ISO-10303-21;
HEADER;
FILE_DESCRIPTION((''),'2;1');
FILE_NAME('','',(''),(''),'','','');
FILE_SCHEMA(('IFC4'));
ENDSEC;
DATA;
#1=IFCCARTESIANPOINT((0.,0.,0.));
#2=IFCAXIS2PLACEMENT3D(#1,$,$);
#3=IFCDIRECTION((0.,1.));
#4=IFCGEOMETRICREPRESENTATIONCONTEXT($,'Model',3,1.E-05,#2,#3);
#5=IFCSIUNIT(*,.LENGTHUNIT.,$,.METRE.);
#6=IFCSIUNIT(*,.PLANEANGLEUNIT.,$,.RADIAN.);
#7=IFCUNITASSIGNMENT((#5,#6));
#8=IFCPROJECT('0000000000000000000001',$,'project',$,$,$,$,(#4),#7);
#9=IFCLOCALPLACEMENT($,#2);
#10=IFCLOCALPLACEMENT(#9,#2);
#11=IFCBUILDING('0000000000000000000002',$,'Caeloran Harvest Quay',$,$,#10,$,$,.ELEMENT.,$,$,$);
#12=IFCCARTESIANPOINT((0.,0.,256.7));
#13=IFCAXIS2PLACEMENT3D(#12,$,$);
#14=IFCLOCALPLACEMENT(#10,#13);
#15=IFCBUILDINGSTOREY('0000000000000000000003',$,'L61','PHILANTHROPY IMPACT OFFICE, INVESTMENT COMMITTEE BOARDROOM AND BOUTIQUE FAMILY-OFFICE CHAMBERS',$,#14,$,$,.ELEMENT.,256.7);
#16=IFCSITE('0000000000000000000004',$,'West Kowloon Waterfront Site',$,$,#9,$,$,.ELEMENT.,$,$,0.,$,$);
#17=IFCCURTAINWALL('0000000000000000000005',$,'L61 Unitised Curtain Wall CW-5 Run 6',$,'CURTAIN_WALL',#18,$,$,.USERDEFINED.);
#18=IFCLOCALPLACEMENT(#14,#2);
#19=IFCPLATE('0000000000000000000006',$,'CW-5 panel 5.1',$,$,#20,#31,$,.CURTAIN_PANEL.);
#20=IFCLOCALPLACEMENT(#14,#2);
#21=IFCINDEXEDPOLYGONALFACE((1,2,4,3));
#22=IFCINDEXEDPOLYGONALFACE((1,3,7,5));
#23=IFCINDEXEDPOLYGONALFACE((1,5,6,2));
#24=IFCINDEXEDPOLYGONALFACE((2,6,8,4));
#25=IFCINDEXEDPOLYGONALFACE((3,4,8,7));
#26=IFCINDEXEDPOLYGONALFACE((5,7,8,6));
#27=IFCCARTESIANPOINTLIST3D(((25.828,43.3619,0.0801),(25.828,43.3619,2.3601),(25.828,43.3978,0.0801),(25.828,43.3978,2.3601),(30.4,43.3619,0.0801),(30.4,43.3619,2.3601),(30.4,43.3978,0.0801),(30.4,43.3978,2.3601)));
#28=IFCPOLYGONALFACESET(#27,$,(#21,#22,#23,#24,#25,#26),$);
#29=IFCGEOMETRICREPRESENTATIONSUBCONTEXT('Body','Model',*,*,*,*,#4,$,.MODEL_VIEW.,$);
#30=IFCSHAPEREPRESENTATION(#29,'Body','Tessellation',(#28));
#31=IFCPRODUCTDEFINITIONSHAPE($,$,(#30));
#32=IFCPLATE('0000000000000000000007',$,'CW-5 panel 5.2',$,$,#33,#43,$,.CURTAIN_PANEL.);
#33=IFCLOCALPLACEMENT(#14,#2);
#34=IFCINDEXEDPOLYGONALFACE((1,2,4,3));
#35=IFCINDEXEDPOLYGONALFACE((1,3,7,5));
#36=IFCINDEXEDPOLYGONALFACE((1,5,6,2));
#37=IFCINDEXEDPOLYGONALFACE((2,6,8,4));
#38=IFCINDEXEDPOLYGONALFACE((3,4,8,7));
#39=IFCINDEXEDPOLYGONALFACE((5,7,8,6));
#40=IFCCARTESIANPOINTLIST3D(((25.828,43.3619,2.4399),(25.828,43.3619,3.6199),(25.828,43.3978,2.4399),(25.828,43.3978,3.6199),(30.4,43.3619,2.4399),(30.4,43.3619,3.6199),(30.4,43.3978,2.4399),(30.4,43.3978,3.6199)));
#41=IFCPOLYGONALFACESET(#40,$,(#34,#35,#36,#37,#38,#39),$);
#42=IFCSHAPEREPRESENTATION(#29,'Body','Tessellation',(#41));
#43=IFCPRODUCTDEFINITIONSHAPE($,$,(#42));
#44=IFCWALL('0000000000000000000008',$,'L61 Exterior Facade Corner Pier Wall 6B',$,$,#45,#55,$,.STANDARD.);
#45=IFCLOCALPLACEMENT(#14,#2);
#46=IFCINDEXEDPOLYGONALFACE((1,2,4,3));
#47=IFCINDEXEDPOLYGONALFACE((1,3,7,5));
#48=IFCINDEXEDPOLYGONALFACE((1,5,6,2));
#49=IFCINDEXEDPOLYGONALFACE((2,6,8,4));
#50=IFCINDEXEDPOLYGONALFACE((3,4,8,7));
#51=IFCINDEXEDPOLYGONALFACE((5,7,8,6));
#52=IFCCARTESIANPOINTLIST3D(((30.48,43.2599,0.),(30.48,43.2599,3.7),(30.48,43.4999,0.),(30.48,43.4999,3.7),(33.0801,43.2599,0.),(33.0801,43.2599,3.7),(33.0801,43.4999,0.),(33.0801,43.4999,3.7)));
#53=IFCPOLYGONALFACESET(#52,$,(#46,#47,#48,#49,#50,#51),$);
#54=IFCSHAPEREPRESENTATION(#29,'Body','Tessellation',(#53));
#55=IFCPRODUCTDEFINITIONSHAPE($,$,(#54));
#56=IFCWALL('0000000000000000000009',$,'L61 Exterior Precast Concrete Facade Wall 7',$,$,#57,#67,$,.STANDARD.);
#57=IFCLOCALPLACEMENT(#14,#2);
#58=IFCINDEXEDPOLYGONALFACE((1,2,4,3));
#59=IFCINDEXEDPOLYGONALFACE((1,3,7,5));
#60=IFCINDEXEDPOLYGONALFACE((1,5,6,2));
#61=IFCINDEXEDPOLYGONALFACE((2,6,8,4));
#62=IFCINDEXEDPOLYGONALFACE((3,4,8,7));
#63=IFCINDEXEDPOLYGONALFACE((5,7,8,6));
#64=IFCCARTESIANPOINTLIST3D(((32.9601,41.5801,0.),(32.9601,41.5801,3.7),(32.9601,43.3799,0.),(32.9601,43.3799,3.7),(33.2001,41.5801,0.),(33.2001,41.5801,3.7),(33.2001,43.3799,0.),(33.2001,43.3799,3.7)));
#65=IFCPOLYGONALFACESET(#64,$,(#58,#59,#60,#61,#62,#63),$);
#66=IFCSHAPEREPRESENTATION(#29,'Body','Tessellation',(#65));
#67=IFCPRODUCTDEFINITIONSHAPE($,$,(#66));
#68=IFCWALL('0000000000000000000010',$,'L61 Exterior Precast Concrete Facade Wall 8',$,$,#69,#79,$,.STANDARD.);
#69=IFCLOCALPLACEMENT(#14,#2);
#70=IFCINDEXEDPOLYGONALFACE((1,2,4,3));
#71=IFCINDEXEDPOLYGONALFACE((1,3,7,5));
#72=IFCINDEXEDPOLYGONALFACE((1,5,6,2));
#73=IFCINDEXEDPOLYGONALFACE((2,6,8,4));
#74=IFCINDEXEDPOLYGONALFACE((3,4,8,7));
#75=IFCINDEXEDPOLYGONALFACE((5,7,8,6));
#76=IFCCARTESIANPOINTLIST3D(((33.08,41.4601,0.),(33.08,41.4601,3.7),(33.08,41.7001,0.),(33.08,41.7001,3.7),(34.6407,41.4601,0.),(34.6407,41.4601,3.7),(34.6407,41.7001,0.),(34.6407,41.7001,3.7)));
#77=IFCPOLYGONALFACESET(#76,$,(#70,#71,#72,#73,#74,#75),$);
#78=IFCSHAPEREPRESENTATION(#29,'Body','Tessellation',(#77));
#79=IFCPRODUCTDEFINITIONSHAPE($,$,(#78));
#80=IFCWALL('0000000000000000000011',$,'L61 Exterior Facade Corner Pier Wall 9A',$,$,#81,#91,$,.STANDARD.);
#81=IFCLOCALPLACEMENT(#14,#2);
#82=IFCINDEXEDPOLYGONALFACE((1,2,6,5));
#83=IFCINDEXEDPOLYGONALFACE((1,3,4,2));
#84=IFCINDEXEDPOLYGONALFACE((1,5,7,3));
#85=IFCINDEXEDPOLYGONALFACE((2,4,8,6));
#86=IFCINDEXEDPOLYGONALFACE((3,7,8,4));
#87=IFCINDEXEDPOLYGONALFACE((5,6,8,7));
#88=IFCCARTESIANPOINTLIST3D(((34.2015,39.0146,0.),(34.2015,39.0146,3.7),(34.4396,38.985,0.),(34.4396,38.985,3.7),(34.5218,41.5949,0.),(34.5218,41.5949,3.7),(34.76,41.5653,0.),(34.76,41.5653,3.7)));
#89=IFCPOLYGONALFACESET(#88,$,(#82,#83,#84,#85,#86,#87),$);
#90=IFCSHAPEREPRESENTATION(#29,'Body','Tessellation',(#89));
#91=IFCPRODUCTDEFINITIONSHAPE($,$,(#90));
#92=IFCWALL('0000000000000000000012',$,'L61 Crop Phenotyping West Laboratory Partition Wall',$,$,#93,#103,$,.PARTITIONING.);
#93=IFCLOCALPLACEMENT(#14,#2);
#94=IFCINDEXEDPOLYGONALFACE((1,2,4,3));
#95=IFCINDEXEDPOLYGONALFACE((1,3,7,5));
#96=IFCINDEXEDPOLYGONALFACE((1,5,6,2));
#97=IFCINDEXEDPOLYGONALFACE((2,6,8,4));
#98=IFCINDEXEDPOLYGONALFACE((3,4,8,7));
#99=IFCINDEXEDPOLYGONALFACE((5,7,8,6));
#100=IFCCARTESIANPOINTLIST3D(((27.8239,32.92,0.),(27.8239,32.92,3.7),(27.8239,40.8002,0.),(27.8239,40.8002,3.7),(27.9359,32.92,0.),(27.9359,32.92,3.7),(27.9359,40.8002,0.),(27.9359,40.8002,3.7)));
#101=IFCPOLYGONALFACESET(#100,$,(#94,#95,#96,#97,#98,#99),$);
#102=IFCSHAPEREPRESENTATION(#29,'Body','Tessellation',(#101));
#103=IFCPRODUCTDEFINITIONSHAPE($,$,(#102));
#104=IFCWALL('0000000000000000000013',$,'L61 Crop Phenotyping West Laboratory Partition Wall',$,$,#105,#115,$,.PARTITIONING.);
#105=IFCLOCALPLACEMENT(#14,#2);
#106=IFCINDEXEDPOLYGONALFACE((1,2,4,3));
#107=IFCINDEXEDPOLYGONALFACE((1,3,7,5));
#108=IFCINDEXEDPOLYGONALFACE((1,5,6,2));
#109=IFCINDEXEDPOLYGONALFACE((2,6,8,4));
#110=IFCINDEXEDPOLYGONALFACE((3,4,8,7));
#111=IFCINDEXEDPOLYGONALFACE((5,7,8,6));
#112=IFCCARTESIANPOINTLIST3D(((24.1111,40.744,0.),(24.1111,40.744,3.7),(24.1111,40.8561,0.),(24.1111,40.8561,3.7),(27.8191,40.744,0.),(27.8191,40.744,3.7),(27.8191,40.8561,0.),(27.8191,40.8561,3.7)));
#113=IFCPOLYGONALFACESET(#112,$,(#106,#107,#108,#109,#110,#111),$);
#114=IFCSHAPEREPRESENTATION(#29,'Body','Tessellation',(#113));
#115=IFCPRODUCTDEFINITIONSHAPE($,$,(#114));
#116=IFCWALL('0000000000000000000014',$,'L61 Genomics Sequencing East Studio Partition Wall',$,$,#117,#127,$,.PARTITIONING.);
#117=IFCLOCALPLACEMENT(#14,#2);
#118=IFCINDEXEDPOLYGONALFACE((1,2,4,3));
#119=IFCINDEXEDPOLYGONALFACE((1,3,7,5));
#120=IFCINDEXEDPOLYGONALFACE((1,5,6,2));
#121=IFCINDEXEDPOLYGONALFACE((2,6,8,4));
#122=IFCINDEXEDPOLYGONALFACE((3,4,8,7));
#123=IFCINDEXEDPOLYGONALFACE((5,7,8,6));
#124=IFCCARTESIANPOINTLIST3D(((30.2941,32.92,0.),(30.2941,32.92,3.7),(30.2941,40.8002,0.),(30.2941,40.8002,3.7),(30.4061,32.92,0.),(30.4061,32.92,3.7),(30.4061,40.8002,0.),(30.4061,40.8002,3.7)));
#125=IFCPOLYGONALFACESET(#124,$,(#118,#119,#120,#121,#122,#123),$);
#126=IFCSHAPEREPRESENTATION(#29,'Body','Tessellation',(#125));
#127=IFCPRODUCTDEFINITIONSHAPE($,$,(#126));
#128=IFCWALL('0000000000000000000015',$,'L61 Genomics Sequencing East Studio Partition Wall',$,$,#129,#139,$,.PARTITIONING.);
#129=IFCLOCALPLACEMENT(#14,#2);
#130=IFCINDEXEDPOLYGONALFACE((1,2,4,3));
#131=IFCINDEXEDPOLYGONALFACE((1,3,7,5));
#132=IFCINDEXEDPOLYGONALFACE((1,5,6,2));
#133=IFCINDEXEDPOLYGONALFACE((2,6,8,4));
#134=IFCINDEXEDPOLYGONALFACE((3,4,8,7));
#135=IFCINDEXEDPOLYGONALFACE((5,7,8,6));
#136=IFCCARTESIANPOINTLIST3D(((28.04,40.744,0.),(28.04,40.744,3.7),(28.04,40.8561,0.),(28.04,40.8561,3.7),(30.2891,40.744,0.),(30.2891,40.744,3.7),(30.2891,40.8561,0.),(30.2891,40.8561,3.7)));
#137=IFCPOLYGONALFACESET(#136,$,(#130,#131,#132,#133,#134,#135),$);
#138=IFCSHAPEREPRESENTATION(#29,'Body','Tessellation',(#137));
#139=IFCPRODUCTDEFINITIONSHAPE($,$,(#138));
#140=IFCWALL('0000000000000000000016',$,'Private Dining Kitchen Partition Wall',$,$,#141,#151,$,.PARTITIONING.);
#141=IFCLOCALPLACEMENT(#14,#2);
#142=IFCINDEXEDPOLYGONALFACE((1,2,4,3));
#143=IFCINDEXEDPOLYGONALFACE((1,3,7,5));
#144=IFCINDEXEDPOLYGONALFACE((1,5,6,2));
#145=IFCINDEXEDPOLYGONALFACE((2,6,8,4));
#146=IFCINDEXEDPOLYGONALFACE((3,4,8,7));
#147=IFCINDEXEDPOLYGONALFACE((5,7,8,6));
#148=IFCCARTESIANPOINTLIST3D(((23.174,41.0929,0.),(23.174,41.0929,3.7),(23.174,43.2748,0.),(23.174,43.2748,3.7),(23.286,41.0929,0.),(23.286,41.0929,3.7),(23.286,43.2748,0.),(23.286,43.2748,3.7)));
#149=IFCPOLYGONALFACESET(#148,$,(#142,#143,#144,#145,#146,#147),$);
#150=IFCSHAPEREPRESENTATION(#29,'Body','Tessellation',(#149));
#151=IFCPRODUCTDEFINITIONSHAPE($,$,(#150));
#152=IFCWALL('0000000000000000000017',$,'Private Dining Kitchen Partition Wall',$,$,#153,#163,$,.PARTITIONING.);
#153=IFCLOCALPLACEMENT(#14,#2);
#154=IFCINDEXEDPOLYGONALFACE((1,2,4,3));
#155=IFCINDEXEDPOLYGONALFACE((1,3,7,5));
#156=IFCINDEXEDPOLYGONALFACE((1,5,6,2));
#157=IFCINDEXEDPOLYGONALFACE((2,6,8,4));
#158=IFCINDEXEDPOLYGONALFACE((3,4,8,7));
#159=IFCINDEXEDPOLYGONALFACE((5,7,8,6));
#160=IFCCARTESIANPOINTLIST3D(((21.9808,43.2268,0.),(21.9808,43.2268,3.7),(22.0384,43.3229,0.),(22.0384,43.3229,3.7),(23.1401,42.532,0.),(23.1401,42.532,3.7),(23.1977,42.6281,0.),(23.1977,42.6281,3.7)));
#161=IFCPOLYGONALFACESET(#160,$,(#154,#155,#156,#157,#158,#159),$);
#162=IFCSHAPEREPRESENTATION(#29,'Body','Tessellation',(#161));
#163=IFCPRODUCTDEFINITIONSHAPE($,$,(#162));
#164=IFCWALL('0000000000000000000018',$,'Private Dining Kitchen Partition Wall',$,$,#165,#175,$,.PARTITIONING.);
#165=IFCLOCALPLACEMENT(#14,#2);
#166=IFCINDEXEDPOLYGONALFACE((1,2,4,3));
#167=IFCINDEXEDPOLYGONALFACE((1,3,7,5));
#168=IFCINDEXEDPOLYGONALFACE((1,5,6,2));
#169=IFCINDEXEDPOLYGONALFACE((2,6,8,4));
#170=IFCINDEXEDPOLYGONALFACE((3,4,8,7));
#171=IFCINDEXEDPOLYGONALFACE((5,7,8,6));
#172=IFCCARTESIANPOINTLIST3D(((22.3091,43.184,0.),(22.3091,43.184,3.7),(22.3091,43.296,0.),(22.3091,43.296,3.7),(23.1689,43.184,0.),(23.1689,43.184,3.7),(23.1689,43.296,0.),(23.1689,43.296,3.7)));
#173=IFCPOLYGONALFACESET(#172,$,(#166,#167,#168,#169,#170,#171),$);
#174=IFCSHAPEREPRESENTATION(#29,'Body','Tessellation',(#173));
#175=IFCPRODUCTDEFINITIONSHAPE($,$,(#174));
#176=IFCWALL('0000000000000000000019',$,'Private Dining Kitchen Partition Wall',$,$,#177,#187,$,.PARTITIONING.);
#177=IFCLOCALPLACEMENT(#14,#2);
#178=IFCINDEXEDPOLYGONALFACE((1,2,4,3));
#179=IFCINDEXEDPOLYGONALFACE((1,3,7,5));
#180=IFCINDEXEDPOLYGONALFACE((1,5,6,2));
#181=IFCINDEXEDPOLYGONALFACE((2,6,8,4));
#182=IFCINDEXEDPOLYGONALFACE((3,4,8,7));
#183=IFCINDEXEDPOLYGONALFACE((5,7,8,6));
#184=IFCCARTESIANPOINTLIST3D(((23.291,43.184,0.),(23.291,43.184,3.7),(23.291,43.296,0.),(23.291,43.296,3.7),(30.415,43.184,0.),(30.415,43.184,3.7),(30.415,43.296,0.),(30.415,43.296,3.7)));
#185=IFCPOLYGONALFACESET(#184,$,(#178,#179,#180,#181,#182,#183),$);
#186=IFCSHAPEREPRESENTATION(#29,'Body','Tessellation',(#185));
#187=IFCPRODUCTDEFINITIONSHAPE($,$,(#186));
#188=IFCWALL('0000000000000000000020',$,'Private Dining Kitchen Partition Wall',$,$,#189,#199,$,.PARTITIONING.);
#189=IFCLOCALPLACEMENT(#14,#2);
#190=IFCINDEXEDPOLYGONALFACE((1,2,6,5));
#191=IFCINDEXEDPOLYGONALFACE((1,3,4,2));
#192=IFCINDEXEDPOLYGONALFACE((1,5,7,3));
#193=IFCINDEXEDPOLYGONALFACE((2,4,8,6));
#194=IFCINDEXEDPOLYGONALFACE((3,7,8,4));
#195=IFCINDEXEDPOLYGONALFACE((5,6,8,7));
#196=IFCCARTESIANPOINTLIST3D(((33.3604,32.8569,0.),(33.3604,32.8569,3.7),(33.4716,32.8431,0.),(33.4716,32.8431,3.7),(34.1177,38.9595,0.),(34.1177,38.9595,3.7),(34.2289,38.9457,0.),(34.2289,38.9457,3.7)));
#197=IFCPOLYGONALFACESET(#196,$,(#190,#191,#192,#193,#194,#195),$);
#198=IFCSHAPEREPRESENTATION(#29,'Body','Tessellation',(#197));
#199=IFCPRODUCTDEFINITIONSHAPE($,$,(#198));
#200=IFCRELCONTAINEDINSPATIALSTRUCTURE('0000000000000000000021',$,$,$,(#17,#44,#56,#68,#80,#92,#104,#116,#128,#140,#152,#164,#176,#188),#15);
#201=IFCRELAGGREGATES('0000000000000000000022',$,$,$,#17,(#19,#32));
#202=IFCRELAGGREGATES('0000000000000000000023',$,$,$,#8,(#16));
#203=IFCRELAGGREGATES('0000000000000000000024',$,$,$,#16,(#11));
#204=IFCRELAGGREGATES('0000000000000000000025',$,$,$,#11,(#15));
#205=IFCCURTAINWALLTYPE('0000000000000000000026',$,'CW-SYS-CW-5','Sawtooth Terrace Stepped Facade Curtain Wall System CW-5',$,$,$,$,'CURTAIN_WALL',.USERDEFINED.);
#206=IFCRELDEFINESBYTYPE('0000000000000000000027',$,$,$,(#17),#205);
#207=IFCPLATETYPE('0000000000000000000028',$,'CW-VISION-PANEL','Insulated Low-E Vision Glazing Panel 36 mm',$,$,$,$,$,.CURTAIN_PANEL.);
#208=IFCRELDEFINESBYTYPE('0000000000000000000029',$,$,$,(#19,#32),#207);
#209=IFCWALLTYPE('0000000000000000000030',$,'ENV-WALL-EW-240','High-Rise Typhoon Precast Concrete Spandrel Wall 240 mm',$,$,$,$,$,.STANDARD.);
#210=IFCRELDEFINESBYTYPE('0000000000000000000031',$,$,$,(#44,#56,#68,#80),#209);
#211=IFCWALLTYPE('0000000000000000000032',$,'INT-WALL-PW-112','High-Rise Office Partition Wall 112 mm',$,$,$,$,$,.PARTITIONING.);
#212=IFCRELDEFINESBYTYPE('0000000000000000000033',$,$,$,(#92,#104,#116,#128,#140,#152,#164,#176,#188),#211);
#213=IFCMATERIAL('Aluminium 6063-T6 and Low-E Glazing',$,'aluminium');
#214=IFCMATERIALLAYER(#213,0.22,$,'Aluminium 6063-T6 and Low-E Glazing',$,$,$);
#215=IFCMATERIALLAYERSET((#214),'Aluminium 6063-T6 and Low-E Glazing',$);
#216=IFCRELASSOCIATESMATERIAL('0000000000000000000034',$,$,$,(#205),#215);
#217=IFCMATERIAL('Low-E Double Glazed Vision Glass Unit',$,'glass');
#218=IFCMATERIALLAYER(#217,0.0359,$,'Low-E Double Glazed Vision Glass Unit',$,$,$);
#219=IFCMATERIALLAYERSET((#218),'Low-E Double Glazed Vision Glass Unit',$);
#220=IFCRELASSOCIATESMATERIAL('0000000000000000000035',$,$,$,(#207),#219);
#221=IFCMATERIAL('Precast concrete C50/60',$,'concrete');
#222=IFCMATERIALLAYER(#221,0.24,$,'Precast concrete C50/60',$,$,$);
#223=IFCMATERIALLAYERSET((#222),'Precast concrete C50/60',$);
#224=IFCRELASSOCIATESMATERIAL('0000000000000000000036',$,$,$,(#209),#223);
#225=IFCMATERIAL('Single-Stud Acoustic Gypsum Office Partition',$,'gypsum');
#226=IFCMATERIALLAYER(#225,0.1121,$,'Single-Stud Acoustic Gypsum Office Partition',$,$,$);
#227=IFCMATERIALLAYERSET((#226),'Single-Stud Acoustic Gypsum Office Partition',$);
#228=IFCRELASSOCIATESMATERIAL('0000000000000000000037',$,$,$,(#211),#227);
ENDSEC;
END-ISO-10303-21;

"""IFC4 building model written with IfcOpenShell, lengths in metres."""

from ifc_helpers import new_model, si_unit, direction, frame, frame_2d, origin, origin_2d, place, context, subcontext, project, spatial, rectangle, extrude, material, layer, layer_set, type_object, element, aggregate, save


model = new_model("IFC4")

# Units and contexts
model_context = context("Model", 3, precision=1e-05, world=origin(), true_north=direction((0.0, 1.0)))
body_context = subcontext(model_context, "Body", "Model", "MODEL_VIEW")
ifc_project = project(units=[si_unit("LENGTHUNIT", "METRE"), si_unit("PLANEANGLEUNIT", "RADIAN")], contexts=[model_context])

# Site, building, storey
site_placement = place(None, origin())
site = spatial("IfcSite", under=ifc_project, at=site_placement, Name="West Kowloon Waterfront Site", CompositionType="ELEMENT", RefElevation=0.0)
building_placement = place(site_placement, origin())
building = spatial("IfcBuilding", under=site, at=building_placement, Name="Caeloran Harvest Quay", CompositionType="ELEMENT")
storey_placement = place(building_placement, frame((0.0, 0.0, 256.7)))
storey = spatial("IfcBuildingStorey", under=building, at=storey_placement, Name="L61", Description="PHILANTHROPY IMPACT OFFICE, INVESTMENT COMMITTEE BOARDROOM AND BOUTIQUE FAMILY-OFFICE CHAMBERS", CompositionType="ELEMENT", Elevation=256.7)

# Curtain wall
ifc_material_1 = material(Name="Aluminium 6063-T6 and Low-E Glazing", Category="aluminium")
ifc_layer_1 = layer(ifc_material_1, 0.22, Name="Aluminium 6063-T6 and Low-E Glazing")
ifc_layer_set_1 = layer_set([ifc_layer_1], Name="Aluminium 6063-T6 and Low-E Glazing")
curtain_wall_type = type_object("IfcCurtainWallType", Name="CW-SYS-CW-5", Description="Sawtooth Terrace Stepped Facade Curtain Wall System CW-5", ElementType="CURTAIN_WALL", PredefinedType="USERDEFINED", material=ifc_layer_set_1)
curtain_wall_1_placement = place(storey_placement, origin())
curtain_wall_1 = element("IfcCurtainWall", 1, at=curtain_wall_1_placement, inside=storey, type_object=curtain_wall_type, Name="L61 Unitised Curtain Wall CW-5 Run 6", ObjectType="CURTAIN_WALL", PredefinedType="USERDEFINED")

# Plates
ifc_material_2 = material(Name="Low-E Double Glazed Vision Glass Unit", Category="glass")
ifc_layer_2 = layer(ifc_material_2, 0.0359, Name="Low-E Double Glazed Vision Glass Unit")
ifc_layer_set_2 = layer_set([ifc_layer_2], Name="Low-E Double Glazed Vision Glass Unit")
plate_type = type_object("IfcPlateType", Name="CW-VISION-PANEL", Description="Insulated Low-E Vision Glazing Panel 36 mm", PredefinedType="CURTAIN_PANEL", material=ifc_layer_set_2)
plate_1_placement = place(storey_placement, frame((28.114, 43.3799, 0.0801), z_axis=(0.0, 0.0, 1.0), x_axis=(1.0, 0.0, 0.0)))
plate_1 = element("IfcPlate", 2, at=plate_1_placement, type_object=plate_type, Name="CW-5 panel 5.1", PredefinedType="CURTAIN_PANEL", context=body_context, shape_type="SweptSolid", body=[
    extrude(rectangle(XDim=4.572, YDim=0.0359, at=origin_2d()), origin(), (0.0, 0.0, 1.0), 2.28),
])
plate_2_placement = place(storey_placement, frame((28.114, 43.3799, 2.4399), z_axis=(0.0, 0.0, 1.0), x_axis=(1.0, 0.0, 0.0)))
plate_2 = element("IfcPlate", 3, at=plate_2_placement, type_object=plate_type, Name="CW-5 panel 5.2", PredefinedType="CURTAIN_PANEL", context=body_context, shape_type="SweptSolid", body=[
    extrude(rectangle(XDim=4.572, YDim=0.0359, at=origin_2d()), origin(), (0.0, 0.0, 1.0), 1.1799),
])
aggregate(curtain_wall_1, [plate_1, plate_2])

# Walls
ifc_material_3 = material(Name="Precast concrete C50/60", Category="concrete")
ifc_layer_3 = layer(ifc_material_3, 0.24, Name="Precast concrete C50/60")
ifc_layer_set_3 = layer_set([ifc_layer_3], Name="Precast concrete C50/60")
wall_type_1 = type_object("IfcWallType", Name="ENV-WALL-EW-240", Description="High-Rise Typhoon Precast Concrete Spandrel Wall 240 mm", PredefinedType="STANDARD", material=ifc_layer_set_3)
wall_1_placement = place(storey_placement, frame((30.48, 43.3799, 0.0), z_axis=(0.0, 0.0, 1.0), x_axis=(1.0, 0.0, 0.0)))
element("IfcWall", 4, at=wall_1_placement, inside=storey, type_object=wall_type_1, Name="L61 Exterior Facade Corner Pier Wall 6B", PredefinedType="STANDARD", context=body_context, shape_type="SweptSolid", body=[
    extrude(rectangle(XDim=2.6001, YDim=0.24, at=frame_2d((1.3, 0.0))), origin(), (0.0, 0.0, 1.0), 3.7),
])
wall_2_placement = place(storey_placement, frame((33.0801, 43.3799, 0.0), z_axis=(0.0, 0.0, 1.0), x_axis=(0.0, -1.0, 0.0)))
element("IfcWall", 5, at=wall_2_placement, inside=storey, type_object=wall_type_1, Name="L61 Exterior Precast Concrete Facade Wall 7", PredefinedType="STANDARD", context=body_context, shape_type="SweptSolid", body=[
    extrude(rectangle(XDim=1.7998, YDim=0.24, at=frame_2d((0.8999, 0.0))), origin(), (0.0, 0.0, 1.0), 3.7),
])
wall_3_placement = place(storey_placement, frame((33.0801, 41.5801, 0.0), z_axis=(0.0, 0.0, 1.0), x_axis=(1.0, 0.0, 0.0)))
element("IfcWall", 6, at=wall_3_placement, inside=storey, type_object=wall_type_1, Name="L61 Exterior Precast Concrete Facade Wall 8", PredefinedType="STANDARD", context=body_context, shape_type="SweptSolid", body=[
    extrude(rectangle(XDim=1.5608, YDim=0.24, at=frame_2d((0.7803, 0.0))), origin(), (0.0, 0.0, 1.0), 3.7),
])
wall_4_placement = place(storey_placement, frame((34.6409, 41.5801, 0.0), z_axis=(0.0, 0.0, 1.0), x_axis=(-0.123191, -0.992383, 0.0)))
element("IfcWall", 7, at=wall_4_placement, inside=storey, type_object=wall_type_1, Name="L61 Exterior Facade Corner Pier Wall 9A", PredefinedType="STANDARD", context=body_context, shape_type="SweptSolid", body=[
    extrude(rectangle(XDim=2.6001, YDim=0.24, at=frame_2d((1.3, 0.0))), origin(), (0.0, 0.0, 1.0), 3.7),
])
ifc_material_4 = material(Name="Single-Stud Acoustic Gypsum Office Partition", Category="gypsum")
ifc_layer_4 = layer(ifc_material_4, 0.1121, Name="Single-Stud Acoustic Gypsum Office Partition")
ifc_layer_set_4 = layer_set([ifc_layer_4], Name="Single-Stud Acoustic Gypsum Office Partition")
wall_type_2 = type_object("IfcWallType", Name="INT-WALL-PW-112", Description="High-Rise Office Partition Wall 112 mm", PredefinedType="PARTITIONING", material=ifc_layer_set_4)
wall_5_placement = place(storey_placement, frame((27.8799, 40.8, 0.0), z_axis=(0.0, 0.0, 1.0), x_axis=(0.0, -1.0, 0.0)))
element("IfcWall", 8, at=wall_5_placement, inside=storey, type_object=wall_type_2, Name="L61 Crop Phenotyping West Laboratory Partition Wall", PredefinedType="PARTITIONING", context=body_context, shape_type="SweptSolid", body=[
    extrude(rectangle(XDim=7.8801, YDim=0.1121, at=frame_2d((3.9399, 0.0))), origin(), (0.0, 0.0, 1.0), 3.7),
])
wall_6_placement = place(storey_placement, frame((24.1111, 40.8, 0.0), z_axis=(0.0, 0.0, 1.0), x_axis=(1.0, 0.0, 0.0)))
element("IfcWall", 9, at=wall_6_placement, inside=storey, type_object=wall_type_2, Name="L61 Crop Phenotyping West Laboratory Partition Wall", PredefinedType="PARTITIONING", context=body_context, shape_type="SweptSolid", body=[
    extrude(rectangle(XDim=3.708, YDim=0.1121, at=frame_2d((1.854, 0.0))), origin(), (0.0, 0.0, 1.0), 3.7),
])
wall_7_placement = place(storey_placement, frame((30.3501, 40.8, 0.0), z_axis=(0.0, 0.0, 1.0), x_axis=(0.0, -1.0, 0.0)))
element("IfcWall", 10, at=wall_7_placement, inside=storey, type_object=wall_type_2, Name="L61 Genomics Sequencing East Studio Partition Wall", PredefinedType="PARTITIONING", context=body_context, shape_type="SweptSolid", body=[
    extrude(rectangle(XDim=7.8801, YDim=0.1121, at=frame_2d((3.9399, 0.0))), origin(), (0.0, 0.0, 1.0), 3.7),
])
wall_8_placement = place(storey_placement, frame((28.04, 40.8, 0.0), z_axis=(0.0, 0.0, 1.0), x_axis=(1.0, 0.0, 0.0)))
element("IfcWall", 11, at=wall_8_placement, inside=storey, type_object=wall_type_2, Name="L61 Genomics Sequencing East Studio Partition Wall", PredefinedType="PARTITIONING", context=body_context, shape_type="SweptSolid", body=[
    extrude(rectangle(XDim=2.249, YDim=0.1121, at=frame_2d((1.1245, 0.0))), origin(), (0.0, 0.0, 1.0), 3.7),
])
wall_9_placement = place(storey_placement, frame((23.23, 41.093, 0.0), z_axis=(0.0, 0.0, 1.0), x_axis=(0.0, 1.0, 0.0)))
element("IfcWall", 12, at=wall_9_placement, inside=storey, type_object=wall_type_2, Name="Private Dining Kitchen Partition Wall", PredefinedType="PARTITIONING", context=body_context, shape_type="SweptSolid", body=[
    extrude(rectangle(XDim=2.1819, YDim=0.1121, at=frame_2d((1.0908, 0.0))), origin(), (0.0, 0.0, 1.0), 3.7),
])
wall_10_placement = place(storey_placement, frame((23.1689, 42.5801, 0.0), z_axis=(0.0, 0.0, 1.0), x_axis=(-0.857764, 0.514044, 0.0)))
element("IfcWall", 13, at=wall_10_placement, inside=storey, type_object=wall_type_2, Name="Private Dining Kitchen Partition Wall", PredefinedType="PARTITIONING", context=body_context, shape_type="SweptSolid", body=[
    extrude(rectangle(XDim=1.3516, YDim=0.1121, at=frame_2d((0.6758, 0.0))), origin(), (0.0, 0.0, 1.0), 3.7),
])
wall_11_placement = place(storey_placement, frame((22.3091, 43.24, 0.0), z_axis=(0.0, 0.0, 1.0), x_axis=(1.0, 0.0, 0.0)))
element("IfcWall", 14, at=wall_11_placement, inside=storey, type_object=wall_type_2, Name="Private Dining Kitchen Partition Wall", PredefinedType="PARTITIONING", context=body_context, shape_type="SweptSolid", body=[
    extrude(rectangle(XDim=0.8599, YDim=0.1121, at=frame_2d((0.4299, 0.0))), origin(), (0.0, 0.0, 1.0), 3.7),
])
wall_12_placement = place(storey_placement, frame((23.291, 43.24, 0.0), z_axis=(0.0, 0.0, 1.0), x_axis=(1.0, 0.0, 0.0)))
element("IfcWall", 15, at=wall_12_placement, inside=storey, type_object=wall_type_2, Name="Private Dining Kitchen Partition Wall", PredefinedType="PARTITIONING", context=body_context, shape_type="SweptSolid", body=[
    extrude(rectangle(XDim=7.124, YDim=0.1121, at=frame_2d((3.562, 0.0))), origin(), (0.0, 0.0, 1.0), 3.7),
])
wall_13_placement = place(storey_placement, frame((34.1733, 38.9526, 0.0), z_axis=(0.0, 0.0, 1.0), x_axis=(-0.123155, -0.992387, 0.0)))
element("IfcWall", 16, at=wall_13_placement, inside=storey, type_object=wall_type_2, Name="Private Dining Kitchen Partition Wall", PredefinedType="PARTITIONING", context=body_context, shape_type="SweptSolid", body=[
    extrude(rectangle(XDim=6.1494, YDim=0.1121, at=frame_2d((3.0747, 0.0))), origin(), (0.0, 0.0, 1.0), 3.7),
])

save(model, "model.ifc")
